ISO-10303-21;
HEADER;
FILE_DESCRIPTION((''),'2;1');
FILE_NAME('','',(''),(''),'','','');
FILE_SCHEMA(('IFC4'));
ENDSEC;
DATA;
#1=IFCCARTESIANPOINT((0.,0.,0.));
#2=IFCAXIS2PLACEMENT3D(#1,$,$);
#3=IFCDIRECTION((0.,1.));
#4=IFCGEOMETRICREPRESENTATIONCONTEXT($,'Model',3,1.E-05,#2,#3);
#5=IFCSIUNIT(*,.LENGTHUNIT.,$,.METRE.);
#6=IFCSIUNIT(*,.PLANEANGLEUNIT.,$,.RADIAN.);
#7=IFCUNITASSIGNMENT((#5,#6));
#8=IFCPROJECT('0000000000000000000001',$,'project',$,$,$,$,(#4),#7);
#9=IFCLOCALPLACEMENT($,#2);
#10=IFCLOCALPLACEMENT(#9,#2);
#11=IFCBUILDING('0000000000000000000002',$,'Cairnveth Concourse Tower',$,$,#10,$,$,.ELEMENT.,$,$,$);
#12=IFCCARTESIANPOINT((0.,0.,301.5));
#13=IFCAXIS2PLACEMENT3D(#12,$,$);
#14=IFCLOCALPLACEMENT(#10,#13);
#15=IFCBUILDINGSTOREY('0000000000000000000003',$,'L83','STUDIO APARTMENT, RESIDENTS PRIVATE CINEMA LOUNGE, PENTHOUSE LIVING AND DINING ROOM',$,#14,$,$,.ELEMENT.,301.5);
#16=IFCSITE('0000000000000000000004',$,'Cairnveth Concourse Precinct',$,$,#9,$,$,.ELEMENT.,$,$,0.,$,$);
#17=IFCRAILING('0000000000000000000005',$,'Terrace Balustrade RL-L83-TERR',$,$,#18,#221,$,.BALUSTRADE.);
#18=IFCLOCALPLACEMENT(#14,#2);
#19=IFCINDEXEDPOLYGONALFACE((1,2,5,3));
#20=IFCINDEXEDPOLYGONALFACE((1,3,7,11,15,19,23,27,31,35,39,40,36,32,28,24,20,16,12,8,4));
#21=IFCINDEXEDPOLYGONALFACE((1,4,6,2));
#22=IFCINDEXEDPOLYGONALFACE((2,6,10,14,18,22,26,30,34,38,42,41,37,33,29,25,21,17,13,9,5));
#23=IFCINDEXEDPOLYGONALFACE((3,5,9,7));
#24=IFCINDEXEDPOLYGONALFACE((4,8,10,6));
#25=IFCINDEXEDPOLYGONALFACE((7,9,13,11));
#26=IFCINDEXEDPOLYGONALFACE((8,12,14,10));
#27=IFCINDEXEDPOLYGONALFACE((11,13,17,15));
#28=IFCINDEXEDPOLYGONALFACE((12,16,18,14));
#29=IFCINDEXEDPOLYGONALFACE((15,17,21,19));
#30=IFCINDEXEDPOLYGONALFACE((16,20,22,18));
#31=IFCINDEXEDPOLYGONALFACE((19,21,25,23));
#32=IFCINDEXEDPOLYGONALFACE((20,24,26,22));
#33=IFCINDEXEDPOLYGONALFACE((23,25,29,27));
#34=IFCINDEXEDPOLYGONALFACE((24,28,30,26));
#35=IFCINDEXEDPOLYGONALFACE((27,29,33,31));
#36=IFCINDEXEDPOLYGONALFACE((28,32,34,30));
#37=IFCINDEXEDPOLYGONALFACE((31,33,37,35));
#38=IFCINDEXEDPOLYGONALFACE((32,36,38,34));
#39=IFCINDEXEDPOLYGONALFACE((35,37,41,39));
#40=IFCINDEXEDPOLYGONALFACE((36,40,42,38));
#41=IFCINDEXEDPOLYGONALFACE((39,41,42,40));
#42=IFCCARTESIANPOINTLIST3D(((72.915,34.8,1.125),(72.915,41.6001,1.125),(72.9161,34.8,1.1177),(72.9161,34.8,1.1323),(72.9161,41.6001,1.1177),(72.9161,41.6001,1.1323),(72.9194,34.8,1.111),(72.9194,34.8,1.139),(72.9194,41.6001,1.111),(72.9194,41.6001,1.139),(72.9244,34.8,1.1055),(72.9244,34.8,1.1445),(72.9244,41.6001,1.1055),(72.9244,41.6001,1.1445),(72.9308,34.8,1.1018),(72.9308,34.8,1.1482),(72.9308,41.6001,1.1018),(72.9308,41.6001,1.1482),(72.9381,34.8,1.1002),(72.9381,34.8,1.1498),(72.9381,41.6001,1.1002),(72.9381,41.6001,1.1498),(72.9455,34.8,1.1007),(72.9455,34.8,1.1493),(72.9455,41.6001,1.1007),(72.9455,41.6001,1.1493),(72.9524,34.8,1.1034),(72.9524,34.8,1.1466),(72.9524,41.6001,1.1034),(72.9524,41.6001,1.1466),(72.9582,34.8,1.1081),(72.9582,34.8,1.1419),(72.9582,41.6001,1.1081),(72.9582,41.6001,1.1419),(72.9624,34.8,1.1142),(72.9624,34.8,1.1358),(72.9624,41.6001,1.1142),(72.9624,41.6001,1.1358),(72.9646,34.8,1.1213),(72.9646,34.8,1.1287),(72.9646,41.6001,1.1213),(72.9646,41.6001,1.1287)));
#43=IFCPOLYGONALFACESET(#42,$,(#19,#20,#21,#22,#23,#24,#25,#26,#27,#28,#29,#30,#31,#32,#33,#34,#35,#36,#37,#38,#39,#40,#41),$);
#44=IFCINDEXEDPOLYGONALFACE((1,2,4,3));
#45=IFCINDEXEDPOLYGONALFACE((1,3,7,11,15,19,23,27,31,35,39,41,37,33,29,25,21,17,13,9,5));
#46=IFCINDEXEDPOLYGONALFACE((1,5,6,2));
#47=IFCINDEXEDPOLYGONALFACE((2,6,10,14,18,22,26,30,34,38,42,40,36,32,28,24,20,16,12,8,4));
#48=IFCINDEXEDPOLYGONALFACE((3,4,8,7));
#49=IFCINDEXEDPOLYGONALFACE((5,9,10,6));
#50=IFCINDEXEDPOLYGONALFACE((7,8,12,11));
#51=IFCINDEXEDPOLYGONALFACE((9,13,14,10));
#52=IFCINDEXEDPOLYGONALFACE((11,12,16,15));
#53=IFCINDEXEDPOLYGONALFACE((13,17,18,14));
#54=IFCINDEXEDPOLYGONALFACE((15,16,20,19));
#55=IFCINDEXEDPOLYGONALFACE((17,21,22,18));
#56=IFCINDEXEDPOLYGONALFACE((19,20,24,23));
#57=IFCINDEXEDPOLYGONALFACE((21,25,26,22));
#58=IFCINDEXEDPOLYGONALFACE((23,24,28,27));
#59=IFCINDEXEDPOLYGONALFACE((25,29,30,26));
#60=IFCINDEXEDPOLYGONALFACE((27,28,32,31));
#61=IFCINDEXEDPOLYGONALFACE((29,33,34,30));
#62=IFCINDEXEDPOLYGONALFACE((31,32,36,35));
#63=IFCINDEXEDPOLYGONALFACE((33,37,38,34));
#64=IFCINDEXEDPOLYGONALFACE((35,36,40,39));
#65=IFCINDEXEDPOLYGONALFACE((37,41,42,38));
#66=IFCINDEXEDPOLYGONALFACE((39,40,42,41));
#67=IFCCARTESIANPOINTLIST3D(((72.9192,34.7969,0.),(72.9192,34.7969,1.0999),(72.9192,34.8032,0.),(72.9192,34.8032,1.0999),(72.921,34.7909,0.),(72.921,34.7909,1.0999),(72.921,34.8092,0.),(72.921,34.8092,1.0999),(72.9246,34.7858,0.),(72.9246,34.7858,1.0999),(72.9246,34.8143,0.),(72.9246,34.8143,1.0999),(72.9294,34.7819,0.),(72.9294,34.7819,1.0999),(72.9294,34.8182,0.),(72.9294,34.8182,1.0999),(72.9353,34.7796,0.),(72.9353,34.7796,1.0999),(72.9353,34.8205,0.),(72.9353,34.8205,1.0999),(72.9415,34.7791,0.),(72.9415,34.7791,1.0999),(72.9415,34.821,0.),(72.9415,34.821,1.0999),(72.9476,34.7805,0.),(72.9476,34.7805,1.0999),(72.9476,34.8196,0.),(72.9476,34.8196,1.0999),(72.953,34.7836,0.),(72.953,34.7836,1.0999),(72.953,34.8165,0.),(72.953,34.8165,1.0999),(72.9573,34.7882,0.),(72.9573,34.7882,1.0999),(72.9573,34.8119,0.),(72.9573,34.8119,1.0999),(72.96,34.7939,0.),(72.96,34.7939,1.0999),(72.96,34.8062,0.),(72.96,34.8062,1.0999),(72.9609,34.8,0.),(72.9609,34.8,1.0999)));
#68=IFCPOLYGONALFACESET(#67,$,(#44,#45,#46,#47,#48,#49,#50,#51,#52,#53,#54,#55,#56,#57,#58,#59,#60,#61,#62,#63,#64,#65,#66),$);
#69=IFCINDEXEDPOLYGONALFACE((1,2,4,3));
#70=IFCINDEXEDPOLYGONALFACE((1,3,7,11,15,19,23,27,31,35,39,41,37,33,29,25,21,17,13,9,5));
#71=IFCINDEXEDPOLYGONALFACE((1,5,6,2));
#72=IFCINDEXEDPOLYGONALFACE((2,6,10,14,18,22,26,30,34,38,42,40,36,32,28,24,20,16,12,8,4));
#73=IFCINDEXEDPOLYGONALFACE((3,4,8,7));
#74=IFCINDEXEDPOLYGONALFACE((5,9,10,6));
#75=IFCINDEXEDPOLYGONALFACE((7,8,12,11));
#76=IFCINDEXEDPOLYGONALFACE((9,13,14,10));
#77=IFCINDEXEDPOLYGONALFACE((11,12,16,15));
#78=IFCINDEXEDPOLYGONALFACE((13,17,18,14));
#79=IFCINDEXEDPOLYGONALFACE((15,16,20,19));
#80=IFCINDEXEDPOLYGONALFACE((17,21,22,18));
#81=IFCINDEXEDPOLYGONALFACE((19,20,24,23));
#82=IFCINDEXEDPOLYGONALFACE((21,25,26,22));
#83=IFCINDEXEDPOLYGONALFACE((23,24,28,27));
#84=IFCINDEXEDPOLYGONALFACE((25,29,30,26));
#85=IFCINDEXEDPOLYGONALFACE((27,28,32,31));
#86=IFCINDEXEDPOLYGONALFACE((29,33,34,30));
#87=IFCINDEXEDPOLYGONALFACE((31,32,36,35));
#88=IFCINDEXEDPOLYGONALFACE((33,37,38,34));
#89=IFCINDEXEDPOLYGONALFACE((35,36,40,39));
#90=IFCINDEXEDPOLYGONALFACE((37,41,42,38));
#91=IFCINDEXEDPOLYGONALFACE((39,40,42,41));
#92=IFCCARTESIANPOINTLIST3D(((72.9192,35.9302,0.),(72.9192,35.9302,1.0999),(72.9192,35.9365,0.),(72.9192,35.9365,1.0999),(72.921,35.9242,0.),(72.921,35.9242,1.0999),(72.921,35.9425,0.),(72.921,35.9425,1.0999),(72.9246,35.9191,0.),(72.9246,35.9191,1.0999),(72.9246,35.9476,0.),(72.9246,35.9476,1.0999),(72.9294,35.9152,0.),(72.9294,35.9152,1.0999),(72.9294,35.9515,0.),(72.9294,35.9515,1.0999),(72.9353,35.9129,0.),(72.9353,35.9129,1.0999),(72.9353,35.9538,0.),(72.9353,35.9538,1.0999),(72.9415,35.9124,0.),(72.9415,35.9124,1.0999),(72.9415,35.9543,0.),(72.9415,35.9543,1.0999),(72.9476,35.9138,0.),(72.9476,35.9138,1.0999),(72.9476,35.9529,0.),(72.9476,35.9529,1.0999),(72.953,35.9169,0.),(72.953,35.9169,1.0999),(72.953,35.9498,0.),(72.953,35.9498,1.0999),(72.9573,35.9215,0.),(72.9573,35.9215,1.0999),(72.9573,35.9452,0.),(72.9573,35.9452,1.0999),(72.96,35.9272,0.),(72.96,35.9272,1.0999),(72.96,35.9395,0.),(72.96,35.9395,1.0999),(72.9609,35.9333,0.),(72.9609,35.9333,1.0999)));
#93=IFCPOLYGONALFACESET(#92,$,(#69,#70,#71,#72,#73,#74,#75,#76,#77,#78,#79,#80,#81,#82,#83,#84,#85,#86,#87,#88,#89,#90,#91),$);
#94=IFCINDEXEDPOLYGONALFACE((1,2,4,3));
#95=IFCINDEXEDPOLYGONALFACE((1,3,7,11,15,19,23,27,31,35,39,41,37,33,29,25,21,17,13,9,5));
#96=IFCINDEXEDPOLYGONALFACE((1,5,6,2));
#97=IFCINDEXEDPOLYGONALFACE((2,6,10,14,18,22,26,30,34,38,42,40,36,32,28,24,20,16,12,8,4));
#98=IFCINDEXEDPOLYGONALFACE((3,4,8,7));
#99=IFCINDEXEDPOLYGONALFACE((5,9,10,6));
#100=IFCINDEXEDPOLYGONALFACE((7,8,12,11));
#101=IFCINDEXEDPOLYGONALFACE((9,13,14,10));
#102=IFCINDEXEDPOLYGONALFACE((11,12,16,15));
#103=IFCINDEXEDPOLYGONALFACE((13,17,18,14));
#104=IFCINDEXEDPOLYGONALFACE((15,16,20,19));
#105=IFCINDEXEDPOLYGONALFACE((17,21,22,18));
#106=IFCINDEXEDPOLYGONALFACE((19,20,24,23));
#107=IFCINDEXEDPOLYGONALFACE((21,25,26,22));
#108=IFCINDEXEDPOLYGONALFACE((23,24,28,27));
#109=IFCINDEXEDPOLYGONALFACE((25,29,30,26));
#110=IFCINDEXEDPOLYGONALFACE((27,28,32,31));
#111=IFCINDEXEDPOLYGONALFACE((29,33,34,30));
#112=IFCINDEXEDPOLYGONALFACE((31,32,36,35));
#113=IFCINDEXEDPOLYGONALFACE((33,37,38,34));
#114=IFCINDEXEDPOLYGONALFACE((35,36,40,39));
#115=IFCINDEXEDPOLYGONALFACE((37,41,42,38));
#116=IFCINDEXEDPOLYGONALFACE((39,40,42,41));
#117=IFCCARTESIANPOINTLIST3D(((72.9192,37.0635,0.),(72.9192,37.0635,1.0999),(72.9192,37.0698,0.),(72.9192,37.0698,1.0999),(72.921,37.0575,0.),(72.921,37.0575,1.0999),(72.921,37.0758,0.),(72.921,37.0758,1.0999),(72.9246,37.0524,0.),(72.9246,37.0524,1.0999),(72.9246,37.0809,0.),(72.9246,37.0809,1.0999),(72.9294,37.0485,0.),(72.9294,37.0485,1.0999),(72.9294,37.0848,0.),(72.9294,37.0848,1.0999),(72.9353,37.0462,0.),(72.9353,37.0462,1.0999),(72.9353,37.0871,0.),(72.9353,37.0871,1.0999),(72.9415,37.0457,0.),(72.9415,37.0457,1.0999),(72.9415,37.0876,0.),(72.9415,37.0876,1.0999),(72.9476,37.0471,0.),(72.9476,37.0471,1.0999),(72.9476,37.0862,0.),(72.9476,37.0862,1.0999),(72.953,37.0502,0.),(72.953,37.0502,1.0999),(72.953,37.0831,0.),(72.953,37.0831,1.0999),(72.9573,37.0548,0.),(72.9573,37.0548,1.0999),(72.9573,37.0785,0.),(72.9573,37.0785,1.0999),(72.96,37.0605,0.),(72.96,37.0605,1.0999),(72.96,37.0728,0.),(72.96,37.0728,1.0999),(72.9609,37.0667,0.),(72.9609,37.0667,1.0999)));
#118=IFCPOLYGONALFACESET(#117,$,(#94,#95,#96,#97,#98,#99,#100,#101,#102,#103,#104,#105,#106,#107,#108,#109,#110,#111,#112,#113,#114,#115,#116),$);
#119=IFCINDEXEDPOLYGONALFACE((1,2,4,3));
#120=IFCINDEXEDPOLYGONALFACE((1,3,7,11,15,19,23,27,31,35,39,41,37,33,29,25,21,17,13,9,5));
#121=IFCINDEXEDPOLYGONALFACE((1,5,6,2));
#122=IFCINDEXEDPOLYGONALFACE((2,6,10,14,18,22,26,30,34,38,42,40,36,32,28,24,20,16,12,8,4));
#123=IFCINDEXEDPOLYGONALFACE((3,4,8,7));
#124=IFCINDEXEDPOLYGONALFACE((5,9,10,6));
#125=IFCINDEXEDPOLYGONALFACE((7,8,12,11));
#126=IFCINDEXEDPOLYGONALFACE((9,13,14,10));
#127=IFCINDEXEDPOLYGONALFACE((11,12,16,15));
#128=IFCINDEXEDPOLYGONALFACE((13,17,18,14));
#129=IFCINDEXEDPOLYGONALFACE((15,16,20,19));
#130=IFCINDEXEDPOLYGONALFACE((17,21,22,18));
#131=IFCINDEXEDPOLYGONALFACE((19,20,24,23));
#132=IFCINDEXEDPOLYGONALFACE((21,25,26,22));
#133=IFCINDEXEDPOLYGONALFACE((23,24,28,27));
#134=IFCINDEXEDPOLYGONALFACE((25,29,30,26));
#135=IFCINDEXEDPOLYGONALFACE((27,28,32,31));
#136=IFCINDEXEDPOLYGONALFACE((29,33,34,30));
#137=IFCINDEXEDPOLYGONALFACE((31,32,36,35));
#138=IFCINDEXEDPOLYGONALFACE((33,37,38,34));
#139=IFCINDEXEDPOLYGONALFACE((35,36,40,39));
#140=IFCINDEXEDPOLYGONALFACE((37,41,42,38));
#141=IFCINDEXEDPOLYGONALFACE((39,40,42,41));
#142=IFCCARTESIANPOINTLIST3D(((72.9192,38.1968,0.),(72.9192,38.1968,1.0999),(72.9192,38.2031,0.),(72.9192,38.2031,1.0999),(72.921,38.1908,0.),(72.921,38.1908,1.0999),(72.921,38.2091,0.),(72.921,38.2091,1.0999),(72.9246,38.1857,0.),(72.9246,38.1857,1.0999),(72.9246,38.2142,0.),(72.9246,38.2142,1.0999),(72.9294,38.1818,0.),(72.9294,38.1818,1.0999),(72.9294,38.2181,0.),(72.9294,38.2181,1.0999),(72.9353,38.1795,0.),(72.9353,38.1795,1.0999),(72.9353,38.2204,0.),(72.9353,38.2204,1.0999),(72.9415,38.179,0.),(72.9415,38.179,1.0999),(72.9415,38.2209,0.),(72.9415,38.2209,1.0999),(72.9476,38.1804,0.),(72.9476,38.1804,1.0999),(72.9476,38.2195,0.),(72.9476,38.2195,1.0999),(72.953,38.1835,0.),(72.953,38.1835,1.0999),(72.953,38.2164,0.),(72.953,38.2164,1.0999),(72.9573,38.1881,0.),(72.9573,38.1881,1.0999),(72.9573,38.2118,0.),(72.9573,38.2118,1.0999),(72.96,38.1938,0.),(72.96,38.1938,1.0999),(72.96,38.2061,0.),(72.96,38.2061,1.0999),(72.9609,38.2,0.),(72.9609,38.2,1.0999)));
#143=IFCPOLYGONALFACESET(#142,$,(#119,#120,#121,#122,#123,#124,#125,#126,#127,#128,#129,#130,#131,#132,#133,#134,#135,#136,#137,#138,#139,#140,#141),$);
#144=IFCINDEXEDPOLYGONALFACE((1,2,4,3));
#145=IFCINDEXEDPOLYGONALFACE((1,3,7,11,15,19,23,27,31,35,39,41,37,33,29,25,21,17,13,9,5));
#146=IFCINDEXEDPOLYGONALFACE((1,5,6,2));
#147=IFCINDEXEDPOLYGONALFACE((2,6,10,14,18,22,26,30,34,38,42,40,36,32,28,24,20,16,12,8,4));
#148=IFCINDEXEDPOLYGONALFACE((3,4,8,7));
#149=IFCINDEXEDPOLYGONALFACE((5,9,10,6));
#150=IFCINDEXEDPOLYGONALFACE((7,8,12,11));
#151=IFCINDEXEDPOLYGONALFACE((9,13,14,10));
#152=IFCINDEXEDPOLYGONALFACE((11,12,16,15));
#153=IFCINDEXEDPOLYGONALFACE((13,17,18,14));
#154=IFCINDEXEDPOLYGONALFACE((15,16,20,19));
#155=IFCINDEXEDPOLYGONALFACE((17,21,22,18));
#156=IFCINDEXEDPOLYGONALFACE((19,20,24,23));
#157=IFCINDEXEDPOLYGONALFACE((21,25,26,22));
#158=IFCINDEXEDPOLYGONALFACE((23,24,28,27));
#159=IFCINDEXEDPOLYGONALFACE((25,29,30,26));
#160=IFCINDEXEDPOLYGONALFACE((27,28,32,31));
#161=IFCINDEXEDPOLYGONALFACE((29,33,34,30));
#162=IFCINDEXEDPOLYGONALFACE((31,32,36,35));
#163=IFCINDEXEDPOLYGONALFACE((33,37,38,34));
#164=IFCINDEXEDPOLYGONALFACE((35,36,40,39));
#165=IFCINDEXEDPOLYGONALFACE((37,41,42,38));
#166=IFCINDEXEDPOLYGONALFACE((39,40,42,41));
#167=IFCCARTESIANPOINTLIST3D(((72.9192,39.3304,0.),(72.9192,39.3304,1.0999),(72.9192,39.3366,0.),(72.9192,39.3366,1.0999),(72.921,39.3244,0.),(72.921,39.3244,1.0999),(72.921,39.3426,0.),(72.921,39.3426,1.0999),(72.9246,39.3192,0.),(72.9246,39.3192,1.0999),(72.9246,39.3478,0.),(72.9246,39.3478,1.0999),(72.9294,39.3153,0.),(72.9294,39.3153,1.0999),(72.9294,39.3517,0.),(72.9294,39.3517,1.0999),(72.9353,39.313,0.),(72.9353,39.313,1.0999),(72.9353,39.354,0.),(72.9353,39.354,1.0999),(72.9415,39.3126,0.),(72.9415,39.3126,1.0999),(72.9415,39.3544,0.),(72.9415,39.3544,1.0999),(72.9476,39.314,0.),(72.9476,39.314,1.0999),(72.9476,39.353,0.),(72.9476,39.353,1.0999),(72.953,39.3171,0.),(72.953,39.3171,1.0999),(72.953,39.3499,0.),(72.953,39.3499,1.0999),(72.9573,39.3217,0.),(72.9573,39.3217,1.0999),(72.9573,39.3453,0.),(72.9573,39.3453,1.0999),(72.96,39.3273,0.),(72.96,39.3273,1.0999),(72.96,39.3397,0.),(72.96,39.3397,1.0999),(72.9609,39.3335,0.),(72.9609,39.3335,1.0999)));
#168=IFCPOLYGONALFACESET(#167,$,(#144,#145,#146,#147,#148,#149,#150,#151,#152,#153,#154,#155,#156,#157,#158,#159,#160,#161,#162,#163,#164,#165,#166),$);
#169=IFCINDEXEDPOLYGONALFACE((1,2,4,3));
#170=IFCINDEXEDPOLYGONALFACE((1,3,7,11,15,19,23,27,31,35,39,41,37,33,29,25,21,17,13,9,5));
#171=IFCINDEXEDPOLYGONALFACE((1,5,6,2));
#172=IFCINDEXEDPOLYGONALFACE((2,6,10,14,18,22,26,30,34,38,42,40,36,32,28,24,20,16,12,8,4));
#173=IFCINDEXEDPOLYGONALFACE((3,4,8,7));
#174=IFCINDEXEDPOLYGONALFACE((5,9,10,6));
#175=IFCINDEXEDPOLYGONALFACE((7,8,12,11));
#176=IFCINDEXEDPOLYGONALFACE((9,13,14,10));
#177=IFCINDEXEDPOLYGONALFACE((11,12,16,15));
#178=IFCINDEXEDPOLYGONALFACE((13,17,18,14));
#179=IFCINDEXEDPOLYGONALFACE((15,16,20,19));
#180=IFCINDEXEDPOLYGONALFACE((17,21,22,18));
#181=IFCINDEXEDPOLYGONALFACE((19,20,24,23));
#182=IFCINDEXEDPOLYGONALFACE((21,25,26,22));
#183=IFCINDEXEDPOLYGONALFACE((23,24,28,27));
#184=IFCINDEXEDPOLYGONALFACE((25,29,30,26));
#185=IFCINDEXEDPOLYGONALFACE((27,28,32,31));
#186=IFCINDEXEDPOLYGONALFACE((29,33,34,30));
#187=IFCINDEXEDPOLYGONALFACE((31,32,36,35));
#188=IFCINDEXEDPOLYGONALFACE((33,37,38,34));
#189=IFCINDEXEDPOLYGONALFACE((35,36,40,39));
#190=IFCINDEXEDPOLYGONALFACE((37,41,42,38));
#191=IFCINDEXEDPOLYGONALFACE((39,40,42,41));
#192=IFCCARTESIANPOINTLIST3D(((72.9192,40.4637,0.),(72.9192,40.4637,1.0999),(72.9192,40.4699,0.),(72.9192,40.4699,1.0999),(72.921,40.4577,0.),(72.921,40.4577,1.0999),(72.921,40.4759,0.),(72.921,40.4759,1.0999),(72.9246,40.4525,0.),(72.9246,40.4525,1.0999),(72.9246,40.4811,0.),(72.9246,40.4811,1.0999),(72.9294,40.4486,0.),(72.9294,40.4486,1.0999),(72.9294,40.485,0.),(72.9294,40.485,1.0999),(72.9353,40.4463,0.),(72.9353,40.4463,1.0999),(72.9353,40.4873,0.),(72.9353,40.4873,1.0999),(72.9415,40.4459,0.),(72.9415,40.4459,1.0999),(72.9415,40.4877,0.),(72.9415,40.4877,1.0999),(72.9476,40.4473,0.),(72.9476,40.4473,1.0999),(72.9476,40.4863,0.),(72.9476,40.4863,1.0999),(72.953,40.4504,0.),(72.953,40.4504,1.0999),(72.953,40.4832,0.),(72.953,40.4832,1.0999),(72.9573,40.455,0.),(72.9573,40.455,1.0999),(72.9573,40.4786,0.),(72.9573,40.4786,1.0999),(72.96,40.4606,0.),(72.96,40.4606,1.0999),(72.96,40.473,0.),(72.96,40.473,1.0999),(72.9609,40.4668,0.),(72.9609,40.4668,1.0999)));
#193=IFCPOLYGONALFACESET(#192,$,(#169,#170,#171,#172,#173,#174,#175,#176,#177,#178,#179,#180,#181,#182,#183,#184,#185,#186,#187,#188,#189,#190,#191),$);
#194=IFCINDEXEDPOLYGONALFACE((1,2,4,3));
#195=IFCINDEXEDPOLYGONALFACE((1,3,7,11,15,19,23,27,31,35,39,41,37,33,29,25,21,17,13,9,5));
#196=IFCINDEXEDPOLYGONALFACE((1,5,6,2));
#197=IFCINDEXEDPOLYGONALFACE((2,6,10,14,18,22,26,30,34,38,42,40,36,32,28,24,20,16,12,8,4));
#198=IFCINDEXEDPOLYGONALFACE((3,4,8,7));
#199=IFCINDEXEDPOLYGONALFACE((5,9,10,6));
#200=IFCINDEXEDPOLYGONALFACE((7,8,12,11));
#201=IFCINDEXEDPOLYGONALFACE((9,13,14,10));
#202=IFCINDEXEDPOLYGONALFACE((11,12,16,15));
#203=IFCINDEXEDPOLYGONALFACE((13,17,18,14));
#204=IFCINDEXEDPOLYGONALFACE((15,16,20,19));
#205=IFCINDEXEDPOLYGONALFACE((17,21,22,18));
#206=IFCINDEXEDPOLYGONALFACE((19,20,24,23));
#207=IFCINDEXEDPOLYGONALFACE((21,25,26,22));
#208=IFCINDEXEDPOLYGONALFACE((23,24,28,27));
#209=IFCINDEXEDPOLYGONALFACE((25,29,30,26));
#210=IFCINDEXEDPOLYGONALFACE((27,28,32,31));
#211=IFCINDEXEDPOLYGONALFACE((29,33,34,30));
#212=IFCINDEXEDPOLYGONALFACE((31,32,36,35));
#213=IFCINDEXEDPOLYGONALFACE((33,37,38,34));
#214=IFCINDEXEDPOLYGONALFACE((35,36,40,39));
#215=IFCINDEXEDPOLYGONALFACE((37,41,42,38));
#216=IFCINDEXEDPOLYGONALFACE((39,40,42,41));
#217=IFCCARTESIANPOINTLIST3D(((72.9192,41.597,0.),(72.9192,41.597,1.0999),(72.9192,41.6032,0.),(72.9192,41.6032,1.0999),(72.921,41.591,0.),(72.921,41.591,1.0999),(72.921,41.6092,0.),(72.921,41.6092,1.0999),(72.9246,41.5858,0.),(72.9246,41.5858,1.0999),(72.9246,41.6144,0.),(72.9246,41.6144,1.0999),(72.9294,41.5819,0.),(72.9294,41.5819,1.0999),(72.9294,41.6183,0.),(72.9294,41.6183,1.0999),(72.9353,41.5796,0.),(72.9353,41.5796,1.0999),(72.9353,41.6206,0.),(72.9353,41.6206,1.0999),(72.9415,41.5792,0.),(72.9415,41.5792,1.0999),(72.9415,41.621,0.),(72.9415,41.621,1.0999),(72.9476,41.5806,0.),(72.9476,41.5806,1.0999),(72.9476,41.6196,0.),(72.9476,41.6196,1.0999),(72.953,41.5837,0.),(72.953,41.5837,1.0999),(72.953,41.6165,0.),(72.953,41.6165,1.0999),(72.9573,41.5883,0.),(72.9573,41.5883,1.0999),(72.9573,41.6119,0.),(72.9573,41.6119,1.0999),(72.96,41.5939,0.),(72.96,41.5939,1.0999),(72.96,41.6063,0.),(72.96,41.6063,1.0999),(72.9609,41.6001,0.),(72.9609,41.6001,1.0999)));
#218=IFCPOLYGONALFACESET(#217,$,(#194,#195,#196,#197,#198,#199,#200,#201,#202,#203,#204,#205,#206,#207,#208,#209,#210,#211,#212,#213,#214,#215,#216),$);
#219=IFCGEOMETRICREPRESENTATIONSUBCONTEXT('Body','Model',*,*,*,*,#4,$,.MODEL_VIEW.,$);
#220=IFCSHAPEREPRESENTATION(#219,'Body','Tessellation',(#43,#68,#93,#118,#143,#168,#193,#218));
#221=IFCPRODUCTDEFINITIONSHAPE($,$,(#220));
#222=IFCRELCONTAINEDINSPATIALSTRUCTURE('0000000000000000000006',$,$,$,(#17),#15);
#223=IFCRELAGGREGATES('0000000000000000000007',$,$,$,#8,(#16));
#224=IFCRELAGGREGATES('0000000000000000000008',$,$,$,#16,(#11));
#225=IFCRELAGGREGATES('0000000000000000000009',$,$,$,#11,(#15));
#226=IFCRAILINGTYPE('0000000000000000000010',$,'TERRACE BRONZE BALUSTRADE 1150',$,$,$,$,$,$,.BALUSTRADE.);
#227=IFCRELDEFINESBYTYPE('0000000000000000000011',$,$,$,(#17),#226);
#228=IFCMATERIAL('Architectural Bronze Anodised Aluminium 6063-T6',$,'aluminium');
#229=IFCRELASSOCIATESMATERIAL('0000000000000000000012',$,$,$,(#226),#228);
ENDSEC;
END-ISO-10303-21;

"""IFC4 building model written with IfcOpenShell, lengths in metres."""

from ifc_helpers import new_model, si_unit, direction, frame, origin, origin_2d, place, context, subcontext, project, spatial, circle, extrude, material, type_object, element, save


model = new_model("IFC4")

# Units and contexts
model_context = context("Model", 3, precision=1e-05, world=origin(), true_north=direction((0.0, 1.0)))
body_context = subcontext(model_context, "Body", "Model", "MODEL_VIEW")
ifc_project = project(units=[si_unit("LENGTHUNIT", "METRE"), si_unit("PLANEANGLEUNIT", "RADIAN")], contexts=[model_context])

# Site, building, storey
site_placement = place(None, origin())
site = spatial("IfcSite", under=ifc_project, at=site_placement, Name="Cairnveth Concourse Precinct", CompositionType="ELEMENT", RefElevation=0.0)
building_placement = place(site_placement, origin())
building = spatial("IfcBuilding", under=site, at=building_placement, Name="Cairnveth Concourse Tower", CompositionType="ELEMENT")
storey_placement = place(building_placement, frame((0.0, 0.0, 301.5)))
storey = spatial("IfcBuildingStorey", under=building, at=storey_placement, Name="L83", Description="STUDIO APARTMENT, RESIDENTS PRIVATE CINEMA LOUNGE, PENTHOUSE LIVING AND DINING ROOM", CompositionType="ELEMENT", Elevation=301.5)

# Shared definitions
ifc_material_1 = material(Name="Architectural Bronze Anodised Aluminium 6063-T6", Category="aluminium")

# Railing
railing_type = type_object("IfcRailingType", Name="TERRACE BRONZE BALUSTRADE 1150", PredefinedType="BALUSTRADE", material=ifc_material_1)
railing_placement = place(storey_placement, frame((72.9399, 34.8, 0.0)))
element("IfcRailing", 1, at=railing_placement, inside=storey, type_object=railing_type, Name="Terrace Balustrade RL-L83-TERR", PredefinedType="BALUSTRADE", context=body_context, shape_type="SweptSolid", body=[
    extrude(circle(Radius=0.0249, at=origin_2d()), frame((0.0, 0.0, 1.125), z_axis=(0.0, 1.0, 0.0), x_axis=(-1.0, 0.0, 0.0)), (0.0, 0.0, 1.0), 6.8),
    extrude(circle(Radius=0.021, at=origin_2d()), origin(), (0.0, 0.0, 1.0), 1.0999),
    extrude(circle(Radius=0.021, at=origin_2d()), frame((0.0, 1.1333, 0.0)), (0.0, 0.0, 1.0), 1.0999),
    extrude(circle(Radius=0.021, at=origin_2d()), frame((0.0, 2.2666, 0.0)), (0.0, 0.0, 1.0), 1.0999),
    extrude(circle(Radius=0.021, at=origin_2d()), frame((0.0, 3.3999, 0.0)), (0.0, 0.0, 1.0), 1.0999),
    extrude(circle(Radius=0.021, at=origin_2d()), frame((0.0, 4.5334, 0.0)), (0.0, 0.0, 1.0), 1.0999),
    extrude(circle(Radius=0.021, at=origin_2d()), frame((0.0, 5.6667, 0.0)), (0.0, 0.0, 1.0), 1.0999),
    extrude(circle(Radius=0.021, at=origin_2d()), frame((0.0, 6.8, 0.0)), (0.0, 0.0, 1.0), 1.0999),
])

save(model, "model.ifc")
